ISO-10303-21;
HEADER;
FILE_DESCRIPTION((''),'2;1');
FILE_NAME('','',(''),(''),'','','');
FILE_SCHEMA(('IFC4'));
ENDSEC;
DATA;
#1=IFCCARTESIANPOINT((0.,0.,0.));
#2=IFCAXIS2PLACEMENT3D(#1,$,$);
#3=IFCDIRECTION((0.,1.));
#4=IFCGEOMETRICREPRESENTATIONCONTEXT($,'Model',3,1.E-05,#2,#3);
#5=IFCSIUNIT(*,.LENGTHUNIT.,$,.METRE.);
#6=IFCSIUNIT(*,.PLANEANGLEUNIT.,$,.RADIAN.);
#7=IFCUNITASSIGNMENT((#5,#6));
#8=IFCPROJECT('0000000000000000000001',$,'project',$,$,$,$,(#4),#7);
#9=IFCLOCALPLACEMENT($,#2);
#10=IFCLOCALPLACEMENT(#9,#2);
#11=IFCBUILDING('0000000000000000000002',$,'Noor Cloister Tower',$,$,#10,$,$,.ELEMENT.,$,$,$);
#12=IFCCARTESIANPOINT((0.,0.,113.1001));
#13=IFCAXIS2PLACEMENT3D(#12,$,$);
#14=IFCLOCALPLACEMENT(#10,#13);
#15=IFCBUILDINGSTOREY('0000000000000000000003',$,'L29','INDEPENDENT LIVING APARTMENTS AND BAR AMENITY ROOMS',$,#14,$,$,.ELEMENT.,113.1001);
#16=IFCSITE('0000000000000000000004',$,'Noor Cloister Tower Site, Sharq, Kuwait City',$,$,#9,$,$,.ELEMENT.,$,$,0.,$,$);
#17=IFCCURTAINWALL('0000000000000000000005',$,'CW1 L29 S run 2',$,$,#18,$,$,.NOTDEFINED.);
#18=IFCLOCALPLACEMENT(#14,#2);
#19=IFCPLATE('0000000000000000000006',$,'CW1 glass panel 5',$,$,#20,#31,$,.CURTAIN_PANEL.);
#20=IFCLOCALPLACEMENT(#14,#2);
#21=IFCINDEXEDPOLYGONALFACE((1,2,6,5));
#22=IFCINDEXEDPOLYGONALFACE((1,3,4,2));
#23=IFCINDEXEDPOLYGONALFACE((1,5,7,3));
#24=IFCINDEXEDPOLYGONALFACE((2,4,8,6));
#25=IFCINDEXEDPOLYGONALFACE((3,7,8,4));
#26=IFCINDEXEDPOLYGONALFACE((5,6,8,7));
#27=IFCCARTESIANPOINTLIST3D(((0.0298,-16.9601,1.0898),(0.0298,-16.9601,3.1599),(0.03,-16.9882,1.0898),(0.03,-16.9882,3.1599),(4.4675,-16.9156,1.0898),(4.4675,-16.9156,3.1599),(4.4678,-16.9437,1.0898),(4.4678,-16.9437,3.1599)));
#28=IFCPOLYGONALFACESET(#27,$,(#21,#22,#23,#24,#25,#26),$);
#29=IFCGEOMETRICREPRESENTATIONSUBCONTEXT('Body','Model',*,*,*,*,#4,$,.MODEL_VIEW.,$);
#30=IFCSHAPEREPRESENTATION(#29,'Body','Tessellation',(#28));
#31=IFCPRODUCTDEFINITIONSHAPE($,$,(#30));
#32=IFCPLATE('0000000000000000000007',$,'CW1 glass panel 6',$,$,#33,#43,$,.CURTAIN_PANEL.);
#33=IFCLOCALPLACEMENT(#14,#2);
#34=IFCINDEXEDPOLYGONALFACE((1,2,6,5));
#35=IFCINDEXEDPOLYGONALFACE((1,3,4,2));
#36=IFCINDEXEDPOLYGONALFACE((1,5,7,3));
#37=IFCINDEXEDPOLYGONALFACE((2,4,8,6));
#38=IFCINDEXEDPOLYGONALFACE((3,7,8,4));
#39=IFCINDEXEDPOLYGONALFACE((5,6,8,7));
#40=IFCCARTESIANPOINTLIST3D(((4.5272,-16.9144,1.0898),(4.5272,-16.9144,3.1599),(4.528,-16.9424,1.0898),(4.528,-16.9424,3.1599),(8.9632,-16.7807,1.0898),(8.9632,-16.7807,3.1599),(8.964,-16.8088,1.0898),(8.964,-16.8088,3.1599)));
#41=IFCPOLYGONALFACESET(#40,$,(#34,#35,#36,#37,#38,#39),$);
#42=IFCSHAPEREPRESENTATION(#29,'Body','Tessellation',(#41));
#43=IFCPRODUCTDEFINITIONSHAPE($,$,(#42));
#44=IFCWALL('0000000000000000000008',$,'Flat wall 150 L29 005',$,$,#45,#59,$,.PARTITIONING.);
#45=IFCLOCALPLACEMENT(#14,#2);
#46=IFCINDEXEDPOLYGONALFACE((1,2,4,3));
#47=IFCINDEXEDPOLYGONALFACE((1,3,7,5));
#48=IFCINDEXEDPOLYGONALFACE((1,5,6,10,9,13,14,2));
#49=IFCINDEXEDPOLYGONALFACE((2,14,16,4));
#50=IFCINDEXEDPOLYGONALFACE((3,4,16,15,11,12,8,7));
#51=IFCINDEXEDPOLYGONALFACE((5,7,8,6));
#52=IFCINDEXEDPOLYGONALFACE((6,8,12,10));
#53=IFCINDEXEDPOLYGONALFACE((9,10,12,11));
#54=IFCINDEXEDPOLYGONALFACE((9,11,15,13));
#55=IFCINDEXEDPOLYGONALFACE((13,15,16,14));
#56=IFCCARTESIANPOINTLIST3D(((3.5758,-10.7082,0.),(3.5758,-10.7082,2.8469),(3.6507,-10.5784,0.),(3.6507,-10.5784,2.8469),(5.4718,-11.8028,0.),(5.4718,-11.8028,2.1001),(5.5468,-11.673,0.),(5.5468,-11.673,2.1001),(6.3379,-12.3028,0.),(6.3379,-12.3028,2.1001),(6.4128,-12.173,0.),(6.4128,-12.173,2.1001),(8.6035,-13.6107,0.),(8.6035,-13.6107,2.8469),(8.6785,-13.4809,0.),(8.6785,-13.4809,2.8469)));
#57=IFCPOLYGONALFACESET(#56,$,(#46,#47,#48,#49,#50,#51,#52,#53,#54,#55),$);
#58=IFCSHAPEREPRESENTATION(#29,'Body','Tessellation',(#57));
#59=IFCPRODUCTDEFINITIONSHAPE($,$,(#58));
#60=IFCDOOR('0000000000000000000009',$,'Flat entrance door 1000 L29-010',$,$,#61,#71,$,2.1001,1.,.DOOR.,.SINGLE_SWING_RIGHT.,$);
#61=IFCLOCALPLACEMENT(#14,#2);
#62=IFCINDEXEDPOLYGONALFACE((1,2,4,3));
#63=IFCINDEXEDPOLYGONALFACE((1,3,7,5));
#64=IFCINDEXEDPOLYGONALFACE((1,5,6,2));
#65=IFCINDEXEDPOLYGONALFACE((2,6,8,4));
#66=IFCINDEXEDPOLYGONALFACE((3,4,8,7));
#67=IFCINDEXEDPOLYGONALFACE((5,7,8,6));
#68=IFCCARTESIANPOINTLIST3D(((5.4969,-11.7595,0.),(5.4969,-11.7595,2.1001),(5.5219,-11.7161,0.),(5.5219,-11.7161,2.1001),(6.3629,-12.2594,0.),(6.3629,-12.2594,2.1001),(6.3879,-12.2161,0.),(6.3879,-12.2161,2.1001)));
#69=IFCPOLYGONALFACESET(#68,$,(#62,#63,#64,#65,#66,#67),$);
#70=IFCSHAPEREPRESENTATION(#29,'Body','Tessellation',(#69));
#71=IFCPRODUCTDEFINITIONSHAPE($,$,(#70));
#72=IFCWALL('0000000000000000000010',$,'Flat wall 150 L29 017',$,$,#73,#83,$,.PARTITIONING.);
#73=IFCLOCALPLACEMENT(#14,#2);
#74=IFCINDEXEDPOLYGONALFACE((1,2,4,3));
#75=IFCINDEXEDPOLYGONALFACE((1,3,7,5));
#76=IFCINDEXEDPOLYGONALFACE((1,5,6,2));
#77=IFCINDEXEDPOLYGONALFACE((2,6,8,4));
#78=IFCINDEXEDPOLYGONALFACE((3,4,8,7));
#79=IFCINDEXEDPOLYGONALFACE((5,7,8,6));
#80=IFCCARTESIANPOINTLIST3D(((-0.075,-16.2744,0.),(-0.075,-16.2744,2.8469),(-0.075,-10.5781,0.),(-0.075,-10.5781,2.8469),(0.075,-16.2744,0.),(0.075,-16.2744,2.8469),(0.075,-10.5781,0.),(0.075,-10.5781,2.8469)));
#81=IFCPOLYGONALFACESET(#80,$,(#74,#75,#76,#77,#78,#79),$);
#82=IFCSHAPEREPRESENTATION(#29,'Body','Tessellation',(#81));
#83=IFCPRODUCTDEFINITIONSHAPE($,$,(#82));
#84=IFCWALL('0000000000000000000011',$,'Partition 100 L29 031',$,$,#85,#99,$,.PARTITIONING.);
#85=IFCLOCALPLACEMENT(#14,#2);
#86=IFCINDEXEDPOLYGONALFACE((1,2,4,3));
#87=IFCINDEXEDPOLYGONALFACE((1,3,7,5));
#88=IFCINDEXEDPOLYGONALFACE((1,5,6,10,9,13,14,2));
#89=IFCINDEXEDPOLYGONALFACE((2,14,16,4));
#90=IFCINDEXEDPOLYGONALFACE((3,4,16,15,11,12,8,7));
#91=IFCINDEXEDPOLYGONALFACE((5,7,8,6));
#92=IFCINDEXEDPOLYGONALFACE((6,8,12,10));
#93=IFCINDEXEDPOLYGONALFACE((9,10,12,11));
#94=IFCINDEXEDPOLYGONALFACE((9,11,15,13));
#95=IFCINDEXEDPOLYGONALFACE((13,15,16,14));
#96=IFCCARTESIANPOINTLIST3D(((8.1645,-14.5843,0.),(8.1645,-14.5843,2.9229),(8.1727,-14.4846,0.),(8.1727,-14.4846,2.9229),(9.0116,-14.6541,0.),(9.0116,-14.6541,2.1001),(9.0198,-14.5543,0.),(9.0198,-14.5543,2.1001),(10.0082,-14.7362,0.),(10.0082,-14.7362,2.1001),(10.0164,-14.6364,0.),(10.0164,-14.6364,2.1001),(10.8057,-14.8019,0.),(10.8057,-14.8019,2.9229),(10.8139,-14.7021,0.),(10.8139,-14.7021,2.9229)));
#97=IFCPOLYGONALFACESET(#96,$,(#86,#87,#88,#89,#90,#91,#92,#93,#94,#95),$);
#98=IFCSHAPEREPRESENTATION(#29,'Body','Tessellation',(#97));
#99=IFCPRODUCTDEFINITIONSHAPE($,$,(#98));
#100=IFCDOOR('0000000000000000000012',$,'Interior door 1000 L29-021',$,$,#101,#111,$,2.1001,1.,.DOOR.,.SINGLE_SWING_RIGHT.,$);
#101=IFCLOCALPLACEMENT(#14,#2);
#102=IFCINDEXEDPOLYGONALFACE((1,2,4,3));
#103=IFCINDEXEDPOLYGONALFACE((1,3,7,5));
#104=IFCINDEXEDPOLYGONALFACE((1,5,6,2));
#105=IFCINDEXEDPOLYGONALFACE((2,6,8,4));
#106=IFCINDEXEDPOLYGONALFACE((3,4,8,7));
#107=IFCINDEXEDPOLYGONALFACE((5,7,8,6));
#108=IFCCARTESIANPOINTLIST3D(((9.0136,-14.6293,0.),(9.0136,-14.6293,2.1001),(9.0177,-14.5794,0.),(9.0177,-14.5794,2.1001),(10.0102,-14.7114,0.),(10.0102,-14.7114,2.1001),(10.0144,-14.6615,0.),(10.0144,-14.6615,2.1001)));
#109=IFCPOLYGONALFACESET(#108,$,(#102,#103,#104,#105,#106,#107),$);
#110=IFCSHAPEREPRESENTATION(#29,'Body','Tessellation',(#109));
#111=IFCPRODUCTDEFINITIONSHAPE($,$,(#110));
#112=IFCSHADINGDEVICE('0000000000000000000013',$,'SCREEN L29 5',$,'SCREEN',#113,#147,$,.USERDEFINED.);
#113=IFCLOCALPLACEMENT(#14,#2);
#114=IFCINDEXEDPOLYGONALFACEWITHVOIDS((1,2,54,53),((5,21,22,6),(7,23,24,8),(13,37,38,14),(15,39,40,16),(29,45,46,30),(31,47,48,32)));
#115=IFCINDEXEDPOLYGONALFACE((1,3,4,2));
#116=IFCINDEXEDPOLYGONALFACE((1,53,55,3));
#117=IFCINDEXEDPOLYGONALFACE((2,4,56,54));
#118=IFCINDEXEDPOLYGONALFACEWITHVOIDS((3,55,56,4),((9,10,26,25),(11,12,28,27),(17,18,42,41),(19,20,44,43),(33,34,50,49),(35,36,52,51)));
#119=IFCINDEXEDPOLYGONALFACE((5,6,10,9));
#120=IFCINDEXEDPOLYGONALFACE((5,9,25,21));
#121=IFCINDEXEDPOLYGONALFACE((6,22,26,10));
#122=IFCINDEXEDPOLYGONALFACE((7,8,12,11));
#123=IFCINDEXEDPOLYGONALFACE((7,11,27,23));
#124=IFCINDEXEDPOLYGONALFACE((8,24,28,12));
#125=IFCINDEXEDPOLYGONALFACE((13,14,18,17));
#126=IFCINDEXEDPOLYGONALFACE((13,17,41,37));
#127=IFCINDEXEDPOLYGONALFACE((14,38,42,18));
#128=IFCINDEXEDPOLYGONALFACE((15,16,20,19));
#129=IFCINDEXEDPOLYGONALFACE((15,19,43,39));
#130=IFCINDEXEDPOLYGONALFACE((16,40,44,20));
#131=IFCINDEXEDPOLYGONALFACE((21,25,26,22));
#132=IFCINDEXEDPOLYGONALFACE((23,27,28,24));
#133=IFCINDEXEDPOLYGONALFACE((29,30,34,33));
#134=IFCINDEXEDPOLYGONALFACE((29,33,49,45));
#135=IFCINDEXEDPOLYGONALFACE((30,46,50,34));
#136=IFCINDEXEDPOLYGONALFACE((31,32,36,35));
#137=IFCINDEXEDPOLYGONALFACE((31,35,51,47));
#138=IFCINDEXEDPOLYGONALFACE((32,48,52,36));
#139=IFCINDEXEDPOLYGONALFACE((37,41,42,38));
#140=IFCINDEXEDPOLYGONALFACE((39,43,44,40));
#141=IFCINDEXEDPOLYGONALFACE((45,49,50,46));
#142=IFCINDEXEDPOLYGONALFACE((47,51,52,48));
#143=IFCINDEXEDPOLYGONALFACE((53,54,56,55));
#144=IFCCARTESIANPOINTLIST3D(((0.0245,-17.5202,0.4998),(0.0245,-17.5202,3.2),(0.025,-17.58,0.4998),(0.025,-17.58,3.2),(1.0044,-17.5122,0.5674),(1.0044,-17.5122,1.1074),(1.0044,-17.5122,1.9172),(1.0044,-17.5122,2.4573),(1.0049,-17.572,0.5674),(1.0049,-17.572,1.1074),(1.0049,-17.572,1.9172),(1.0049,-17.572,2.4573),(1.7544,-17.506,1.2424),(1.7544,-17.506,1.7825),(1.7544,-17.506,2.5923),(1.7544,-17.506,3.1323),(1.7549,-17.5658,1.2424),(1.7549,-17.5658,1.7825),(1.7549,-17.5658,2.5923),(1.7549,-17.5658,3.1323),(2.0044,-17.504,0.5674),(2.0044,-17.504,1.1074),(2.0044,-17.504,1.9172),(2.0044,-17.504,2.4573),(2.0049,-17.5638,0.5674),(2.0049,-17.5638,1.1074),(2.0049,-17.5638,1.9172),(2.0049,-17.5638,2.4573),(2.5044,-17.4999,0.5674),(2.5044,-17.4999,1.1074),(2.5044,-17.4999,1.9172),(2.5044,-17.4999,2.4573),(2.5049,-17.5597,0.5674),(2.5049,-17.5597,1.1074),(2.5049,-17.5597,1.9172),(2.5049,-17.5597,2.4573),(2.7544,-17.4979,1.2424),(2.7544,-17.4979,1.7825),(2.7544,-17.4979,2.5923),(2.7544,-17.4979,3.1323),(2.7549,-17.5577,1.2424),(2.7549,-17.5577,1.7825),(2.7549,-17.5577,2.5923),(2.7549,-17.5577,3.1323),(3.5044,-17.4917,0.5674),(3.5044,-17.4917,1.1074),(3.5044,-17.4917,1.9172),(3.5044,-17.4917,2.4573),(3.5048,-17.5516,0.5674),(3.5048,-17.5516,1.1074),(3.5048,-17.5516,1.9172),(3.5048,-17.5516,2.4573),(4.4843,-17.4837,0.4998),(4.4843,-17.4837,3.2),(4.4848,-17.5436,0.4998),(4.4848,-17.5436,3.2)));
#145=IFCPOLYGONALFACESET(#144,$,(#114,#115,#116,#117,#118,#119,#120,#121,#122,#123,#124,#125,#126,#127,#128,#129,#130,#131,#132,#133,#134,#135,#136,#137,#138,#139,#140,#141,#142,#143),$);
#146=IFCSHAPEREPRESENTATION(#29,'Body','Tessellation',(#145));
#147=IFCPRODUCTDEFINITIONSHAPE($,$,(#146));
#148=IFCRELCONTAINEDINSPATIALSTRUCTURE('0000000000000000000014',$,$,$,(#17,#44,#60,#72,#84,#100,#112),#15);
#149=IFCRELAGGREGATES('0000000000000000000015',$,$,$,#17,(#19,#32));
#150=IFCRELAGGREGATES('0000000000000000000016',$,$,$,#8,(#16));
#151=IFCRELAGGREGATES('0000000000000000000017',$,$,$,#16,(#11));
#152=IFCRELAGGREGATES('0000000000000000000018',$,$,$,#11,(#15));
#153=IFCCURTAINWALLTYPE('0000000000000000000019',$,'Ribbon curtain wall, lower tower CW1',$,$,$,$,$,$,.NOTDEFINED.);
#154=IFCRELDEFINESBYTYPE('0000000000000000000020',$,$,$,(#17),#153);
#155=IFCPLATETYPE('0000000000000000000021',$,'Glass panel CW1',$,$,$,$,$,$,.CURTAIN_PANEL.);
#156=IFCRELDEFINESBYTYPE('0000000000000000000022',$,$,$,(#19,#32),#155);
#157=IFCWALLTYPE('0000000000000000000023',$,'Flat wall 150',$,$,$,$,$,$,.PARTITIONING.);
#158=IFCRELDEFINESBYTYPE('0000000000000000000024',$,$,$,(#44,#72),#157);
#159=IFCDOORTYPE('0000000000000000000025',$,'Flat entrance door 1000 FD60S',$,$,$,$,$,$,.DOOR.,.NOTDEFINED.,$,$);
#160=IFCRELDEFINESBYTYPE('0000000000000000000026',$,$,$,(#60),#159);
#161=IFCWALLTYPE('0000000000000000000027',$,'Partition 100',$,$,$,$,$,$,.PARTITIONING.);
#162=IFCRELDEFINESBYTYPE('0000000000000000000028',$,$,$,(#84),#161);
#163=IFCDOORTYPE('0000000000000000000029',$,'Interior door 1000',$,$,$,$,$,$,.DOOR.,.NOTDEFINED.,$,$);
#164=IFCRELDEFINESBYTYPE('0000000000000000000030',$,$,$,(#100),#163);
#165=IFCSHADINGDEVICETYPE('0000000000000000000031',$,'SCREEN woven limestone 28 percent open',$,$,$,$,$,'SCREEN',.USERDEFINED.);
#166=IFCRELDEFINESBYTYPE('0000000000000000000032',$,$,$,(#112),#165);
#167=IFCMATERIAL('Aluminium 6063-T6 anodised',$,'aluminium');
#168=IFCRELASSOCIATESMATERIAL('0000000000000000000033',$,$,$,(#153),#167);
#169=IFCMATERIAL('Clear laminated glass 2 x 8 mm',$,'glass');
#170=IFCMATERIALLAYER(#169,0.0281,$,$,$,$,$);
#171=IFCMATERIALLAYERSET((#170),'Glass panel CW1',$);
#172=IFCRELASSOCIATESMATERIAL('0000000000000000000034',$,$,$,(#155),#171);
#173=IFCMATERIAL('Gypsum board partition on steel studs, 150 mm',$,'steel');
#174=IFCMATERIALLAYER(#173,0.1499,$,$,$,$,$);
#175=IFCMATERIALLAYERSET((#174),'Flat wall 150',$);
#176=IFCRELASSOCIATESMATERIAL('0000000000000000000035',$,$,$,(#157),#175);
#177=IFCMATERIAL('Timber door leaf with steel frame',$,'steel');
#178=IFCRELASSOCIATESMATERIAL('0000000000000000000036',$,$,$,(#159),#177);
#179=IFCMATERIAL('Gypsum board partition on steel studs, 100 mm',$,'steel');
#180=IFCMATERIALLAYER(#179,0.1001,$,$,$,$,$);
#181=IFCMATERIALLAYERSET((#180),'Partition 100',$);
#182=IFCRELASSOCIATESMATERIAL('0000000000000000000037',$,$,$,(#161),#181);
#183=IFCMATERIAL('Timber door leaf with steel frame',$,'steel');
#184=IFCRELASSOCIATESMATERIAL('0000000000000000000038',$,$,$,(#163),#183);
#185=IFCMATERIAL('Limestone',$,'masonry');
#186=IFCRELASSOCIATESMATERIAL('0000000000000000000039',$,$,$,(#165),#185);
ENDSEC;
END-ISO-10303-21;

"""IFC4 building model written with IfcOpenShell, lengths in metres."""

from ifc_helpers import new_model, si_unit, direction, frame, frame_2d, origin, origin_2d, place, context, subcontext, project, spatial, polyline, rectangle, outline, extrude, material, layer, layer_set, material_profile, profile_set, type_object, element, fill, aggregate, save


model = new_model("IFC4")

# Units and contexts
model_context = context("Model", 3, precision=1e-05, world=origin(), true_north=direction((0.0, 1.0)))
body_context = subcontext(model_context, "Body", "Model", "MODEL_VIEW")
ifc_project = project(units=[si_unit("LENGTHUNIT", "METRE"), si_unit("PLANEANGLEUNIT", "RADIAN")], contexts=[model_context])

# Site, building, storey
site_placement = place(None, origin())
site = spatial("IfcSite", under=ifc_project, at=site_placement, Name="Noor Cloister Tower Site, Sharq, Kuwait City", CompositionType="ELEMENT", RefElevation=0.0)
building_placement = place(site_placement, origin())
building = spatial("IfcBuilding", under=site, at=building_placement, Name="Noor Cloister Tower", CompositionType="ELEMENT")
storey_placement = place(building_placement, frame((0.0, 0.0, 113.1001)))
storey = spatial("IfcBuildingStorey", under=building, at=storey_placement, Name="L29", Description="INDEPENDENT LIVING APARTMENTS AND BAR AMENITY ROOMS", CompositionType="ELEMENT", Elevation=113.1001)

# Curtain wall
ifc_material_1 = material(Name="Aluminium 6063-T6 anodised", Category="aluminium")
curtain_wall_type = type_object("IfcCurtainWallType", Name="Ribbon curtain wall, lower tower CW1", PredefinedType="NOTDEFINED", material=ifc_material_1)
curtain_wall_placement = place(storey_placement, origin())
curtain_wall = element("IfcCurtainWall", 1, at=curtain_wall_placement, inside=storey, type_object=curtain_wall_type, Name="CW1 L29 S run 2", PredefinedType="NOTDEFINED")

# Plates
ifc_material_2 = material(Name="Clear laminated glass 2 x 8 mm", Category="glass")
ifc_layer_1 = layer(ifc_material_2, 0.0281)
ifc_layer_set_1 = layer_set([ifc_layer_1], Name="Glass panel CW1")
plate_type = type_object("IfcPlateType", Name="Glass panel CW1", PredefinedType="CURTAIN_PANEL", material=ifc_layer_set_1)
plate_1_placement = place(storey_placement, frame((2.2488, -16.9519, 1.0898), z_axis=(0.0, 0.0, 1.0), x_axis=(0.99995, 0.010039, 0.0)))
plate_1 = element("IfcPlate", 2, at=plate_1_placement, type_object=plate_type, Name="CW1 glass panel 5", PredefinedType="CURTAIN_PANEL", context=body_context, shape_type="SweptSolid", body=[
    extrude(rectangle(XDim=4.438, YDim=0.0281, at=origin_2d()), origin(), (0.0, 0.0, 1.0), 2.0701),
])
plate_2_placement = place(storey_placement, frame((6.7456, -16.8616, 1.0898), z_axis=(0.0, 0.0, 1.0), x_axis=(0.999546, 0.030114, 0.0)))
plate_2 = element("IfcPlate", 3, at=plate_2_placement, type_object=plate_type, Name="CW1 glass panel 6", PredefinedType="CURTAIN_PANEL", context=body_context, shape_type="SweptSolid", body=[
    extrude(rectangle(XDim=4.438, YDim=0.0281, at=origin_2d()), origin(), (0.0, 0.0, 1.0), 2.0701),
])
aggregate(curtain_wall, [plate_1, plate_2])

# Wall, opening, door
ifc_material_3 = material(Name="Gypsum board partition on steel studs, 150 mm", Category="steel")
ifc_layer_2 = layer(ifc_material_3, 0.1499)
ifc_layer_set_2 = layer_set([ifc_layer_2], Name="Flat wall 150")
wall_type_1 = type_object("IfcWallType", Name="Flat wall 150", PredefinedType="PARTITIONING", material=ifc_layer_set_2)
wall_1_placement = place(storey_placement, frame((8.6411, -13.5459, 0.0), z_axis=(0.0, 0.0, 1.0), x_axis=(-0.866043, 0.49997, 0.0)))
wall_1 = element("IfcWall", 4, at=wall_1_placement, inside=storey, type_object=wall_type_1, Name="Flat wall 150 L29 005", PredefinedType="PARTITIONING", context=body_context, shape_type="SweptSolid", body=[
    extrude(rectangle(XDim=5.8054, YDim=0.1499, at=frame_2d((2.9028, 0.0))), origin(), (0.0, 0.0, 1.0), 2.8469),
])
opening_1_placement = place(wall_1_placement, frame((2.6162, 0.0, 0.0)))
opening_1 = element("IfcOpeningElement", 5, at=opening_1_placement, cuts=wall_1, PredefinedType="OPENING", context=body_context, shape_type="SweptSolid", body=[
    extrude(rectangle(XDim=1.0, YDim=2.1001, at=frame_2d((0.5, 1.05))), frame((0.0, 0.085, 0.0), z_axis=(0.0, -1.0, 0.0), x_axis=(1.0, 0.0, 0.0)), (0.0, 0.0, 1.0), 0.1699),
])
ifc_material_4 = material(Name="Timber door leaf with steel frame", Category="steel")
door_type_1 = type_object("IfcDoorType", Name="Flat entrance door 1000 FD60S", OperationType="NOTDEFINED", PredefinedType="DOOR", material=ifc_material_4)
door_1_placement = place(opening_1_placement, origin())
door_1 = element("IfcDoor", 6, at=door_1_placement, inside=storey, type_object=door_type_1, Name="Flat entrance door 1000 L29-010", OperationType="SINGLE_SWING_RIGHT", OverallHeight=2.1001, OverallWidth=1.0, PredefinedType="DOOR", context=body_context, shape_type="SweptSolid", body=[
    extrude(rectangle(XDim=1.0, YDim=2.1001, at=frame_2d((0.5, 1.05))), frame((0.0, 0.0249, 0.0), z_axis=(0.0, -1.0, 0.0), x_axis=(1.0, 0.0, 0.0)), (0.0, 0.0, 1.0), 0.05),
])
fill(opening_1, door_1)

# Wall
wall_2_placement = place(storey_placement, frame((0.0, -16.2744, 0.0), z_axis=(0.0, 0.0, 1.0), x_axis=(0.0, 1.0, 0.0)))
element("IfcWall", 7, at=wall_2_placement, inside=storey, type_object=wall_type_1, Name="Flat wall 150 L29 017", PredefinedType="PARTITIONING", context=body_context, shape_type="SweptSolid", body=[
    extrude(rectangle(XDim=5.6963, YDim=0.1499, at=frame_2d((2.8481, 0.0))), origin(), (0.0, 0.0, 1.0), 2.8469),
])

# Wall, opening, door
ifc_material_5 = material(Name="Gypsum board partition on steel studs, 100 mm", Category="steel")
ifc_layer_3 = layer(ifc_material_5, 0.1001)
ifc_layer_set_3 = layer_set([ifc_layer_3], Name="Partition 100")
wall_type_2 = type_object("IfcWallType", Name="Partition 100", PredefinedType="PARTITIONING", material=ifc_layer_set_3)
wall_3_placement = place(storey_placement, frame((8.1685, -14.5344, 0.0), z_axis=(0.0, 0.0, 1.0), x_axis=(0.996625, -0.082085, 0.0)))
wall_3 = element("IfcWall", 8, at=wall_3_placement, inside=storey, type_object=wall_type_2, Name="Partition 100 L29 031", PredefinedType="PARTITIONING", context=body_context, shape_type="SweptSolid", body=[
    extrude(rectangle(XDim=2.6501, YDim=0.1001, at=frame_2d((1.3252, 0.0))), origin(), (0.0, 0.0, 1.0), 2.9229),
])
opening_2_placement = place(wall_3_placement, frame((0.8501, 0.0, 0.0)))
opening_2 = element("IfcOpeningElement", 9, at=opening_2_placement, cuts=wall_3, PredefinedType="OPENING", context=body_context, shape_type="SweptSolid", body=[
    extrude(rectangle(XDim=1.0, YDim=2.1001, at=frame_2d((0.5, 1.05))), frame((0.0, 0.0601, 0.0), z_axis=(0.0, -1.0, 0.0), x_axis=(1.0, 0.0, 0.0)), (0.0, 0.0, 1.0), 0.1201),
])
ifc_material_6 = material(Name="Timber door leaf with steel frame", Category="steel")
door_type_2 = type_object("IfcDoorType", Name="Interior door 1000", OperationType="NOTDEFINED", PredefinedType="DOOR", material=ifc_material_6)
door_2_placement = place(opening_2_placement, origin())
door_2 = element("IfcDoor", 10, at=door_2_placement, inside=storey, type_object=door_type_2, Name="Interior door 1000 L29-021", OperationType="SINGLE_SWING_RIGHT", OverallHeight=2.1001, OverallWidth=1.0, PredefinedType="DOOR", context=body_context, shape_type="SweptSolid", body=[
    extrude(rectangle(XDim=1.0, YDim=2.1001, at=frame_2d((0.5, 1.05))), frame((0.0, 0.0249, 0.0), z_axis=(0.0, -1.0, 0.0), x_axis=(1.0, 0.0, 0.0)), (0.0, 0.0, 1.0), 0.05),
])
fill(opening_2, door_2)

# Shading device
ifc_material_7 = material(Name="Limestone", Category="masonry")
ifc_material_profile_1 = material_profile(ifc_material_7, outline(polyline([(-2.23, -1.3501), (2.23, -1.3501), (2.23, 1.3501), (-2.23, 1.3501), (-2.23, -1.3501)]), holes=[polyline([(-1.25, -1.2825), (-0.25, -1.2825), (-0.25, -0.7424), (-1.25, -0.7424), (-1.25, -1.2825)]), polyline([(0.25, -1.2825), (1.25, -1.2825), (1.25, -0.7424), (0.25, -0.7424), (0.25, -1.2825)]), polyline([(-0.5, -0.6074), (0.5, -0.6074), (0.5, -0.0674), (-0.5, -0.0674), (-0.5, -0.6074)]), polyline([(-1.25, 0.0674), (-0.25, 0.0674), (-0.25, 0.6074), (-1.25, 0.6074), (-1.25, 0.0674)]), polyline([(0.25, 0.0674), (1.25, 0.0674), (1.25, 0.6074), (0.25, 0.6074), (0.25, 0.0674)]), polyline([(-0.5, 0.7424), (0.5, 0.7424), (0.5, 1.2825), (-0.5, 1.2825), (-0.5, 0.7424)])]), Name="Woven screen 28 percent open")
ifc_profile_set_1 = profile_set([ifc_material_profile_1], Name="Limestone")
shading_device_type = type_object("IfcShadingDeviceType", Name="SCREEN woven limestone 28 percent open", ElementType="SCREEN", PredefinedType="USERDEFINED", material=ifc_profile_set_1)
shading_device_1_placement = place(storey_placement, frame((2.2544, -17.502, 1.8499), z_axis=(0.008163, -0.999967, 0.0), x_axis=(0.999967, 0.008163, 0.0)))
element("IfcShadingDevice", 11, at=shading_device_1_placement, inside=storey, type_object=shading_device_type, Name="SCREEN L29 5", ObjectType="SCREEN", PredefinedType="USERDEFINED", context=body_context, shape_type="SweptSolid", body=[
    extrude(outline(polyline([(-2.23, -1.3501), (2.23, -1.3501), (2.23, 1.3501), (-2.23, 1.3501), (-2.23, -1.3501)]), holes=[polyline([(-1.25, -1.2825), (-0.25, -1.2825), (-0.25, -0.7424), (-1.25, -0.7424), (-1.25, -1.2825)]), polyline([(0.25, -1.2825), (1.25, -1.2825), (1.25, -0.7424), (0.25, -0.7424), (0.25, -1.2825)]), polyline([(-0.5, -0.6074), (0.5, -0.6074), (0.5, -0.0674), (-0.5, -0.0674), (-0.5, -0.6074)]), polyline([(-1.25, 0.0674), (-0.25, 0.0674), (-0.25, 0.6074), (-1.25, 0.6074), (-1.25, 0.0674)]), polyline([(0.25, 0.0674), (1.25, 0.0674), (1.25, 0.6074), (0.25, 0.6074), (0.25, 0.0674)]), polyline([(-0.5, 0.7424), (0.5, 0.7424), (0.5, 1.2825), (-0.5, 1.2825), (-0.5, 0.7424)])]), origin(), (0.0, 0.0, 1.0), 0.0598),
])

save(model, "model.ifc")
